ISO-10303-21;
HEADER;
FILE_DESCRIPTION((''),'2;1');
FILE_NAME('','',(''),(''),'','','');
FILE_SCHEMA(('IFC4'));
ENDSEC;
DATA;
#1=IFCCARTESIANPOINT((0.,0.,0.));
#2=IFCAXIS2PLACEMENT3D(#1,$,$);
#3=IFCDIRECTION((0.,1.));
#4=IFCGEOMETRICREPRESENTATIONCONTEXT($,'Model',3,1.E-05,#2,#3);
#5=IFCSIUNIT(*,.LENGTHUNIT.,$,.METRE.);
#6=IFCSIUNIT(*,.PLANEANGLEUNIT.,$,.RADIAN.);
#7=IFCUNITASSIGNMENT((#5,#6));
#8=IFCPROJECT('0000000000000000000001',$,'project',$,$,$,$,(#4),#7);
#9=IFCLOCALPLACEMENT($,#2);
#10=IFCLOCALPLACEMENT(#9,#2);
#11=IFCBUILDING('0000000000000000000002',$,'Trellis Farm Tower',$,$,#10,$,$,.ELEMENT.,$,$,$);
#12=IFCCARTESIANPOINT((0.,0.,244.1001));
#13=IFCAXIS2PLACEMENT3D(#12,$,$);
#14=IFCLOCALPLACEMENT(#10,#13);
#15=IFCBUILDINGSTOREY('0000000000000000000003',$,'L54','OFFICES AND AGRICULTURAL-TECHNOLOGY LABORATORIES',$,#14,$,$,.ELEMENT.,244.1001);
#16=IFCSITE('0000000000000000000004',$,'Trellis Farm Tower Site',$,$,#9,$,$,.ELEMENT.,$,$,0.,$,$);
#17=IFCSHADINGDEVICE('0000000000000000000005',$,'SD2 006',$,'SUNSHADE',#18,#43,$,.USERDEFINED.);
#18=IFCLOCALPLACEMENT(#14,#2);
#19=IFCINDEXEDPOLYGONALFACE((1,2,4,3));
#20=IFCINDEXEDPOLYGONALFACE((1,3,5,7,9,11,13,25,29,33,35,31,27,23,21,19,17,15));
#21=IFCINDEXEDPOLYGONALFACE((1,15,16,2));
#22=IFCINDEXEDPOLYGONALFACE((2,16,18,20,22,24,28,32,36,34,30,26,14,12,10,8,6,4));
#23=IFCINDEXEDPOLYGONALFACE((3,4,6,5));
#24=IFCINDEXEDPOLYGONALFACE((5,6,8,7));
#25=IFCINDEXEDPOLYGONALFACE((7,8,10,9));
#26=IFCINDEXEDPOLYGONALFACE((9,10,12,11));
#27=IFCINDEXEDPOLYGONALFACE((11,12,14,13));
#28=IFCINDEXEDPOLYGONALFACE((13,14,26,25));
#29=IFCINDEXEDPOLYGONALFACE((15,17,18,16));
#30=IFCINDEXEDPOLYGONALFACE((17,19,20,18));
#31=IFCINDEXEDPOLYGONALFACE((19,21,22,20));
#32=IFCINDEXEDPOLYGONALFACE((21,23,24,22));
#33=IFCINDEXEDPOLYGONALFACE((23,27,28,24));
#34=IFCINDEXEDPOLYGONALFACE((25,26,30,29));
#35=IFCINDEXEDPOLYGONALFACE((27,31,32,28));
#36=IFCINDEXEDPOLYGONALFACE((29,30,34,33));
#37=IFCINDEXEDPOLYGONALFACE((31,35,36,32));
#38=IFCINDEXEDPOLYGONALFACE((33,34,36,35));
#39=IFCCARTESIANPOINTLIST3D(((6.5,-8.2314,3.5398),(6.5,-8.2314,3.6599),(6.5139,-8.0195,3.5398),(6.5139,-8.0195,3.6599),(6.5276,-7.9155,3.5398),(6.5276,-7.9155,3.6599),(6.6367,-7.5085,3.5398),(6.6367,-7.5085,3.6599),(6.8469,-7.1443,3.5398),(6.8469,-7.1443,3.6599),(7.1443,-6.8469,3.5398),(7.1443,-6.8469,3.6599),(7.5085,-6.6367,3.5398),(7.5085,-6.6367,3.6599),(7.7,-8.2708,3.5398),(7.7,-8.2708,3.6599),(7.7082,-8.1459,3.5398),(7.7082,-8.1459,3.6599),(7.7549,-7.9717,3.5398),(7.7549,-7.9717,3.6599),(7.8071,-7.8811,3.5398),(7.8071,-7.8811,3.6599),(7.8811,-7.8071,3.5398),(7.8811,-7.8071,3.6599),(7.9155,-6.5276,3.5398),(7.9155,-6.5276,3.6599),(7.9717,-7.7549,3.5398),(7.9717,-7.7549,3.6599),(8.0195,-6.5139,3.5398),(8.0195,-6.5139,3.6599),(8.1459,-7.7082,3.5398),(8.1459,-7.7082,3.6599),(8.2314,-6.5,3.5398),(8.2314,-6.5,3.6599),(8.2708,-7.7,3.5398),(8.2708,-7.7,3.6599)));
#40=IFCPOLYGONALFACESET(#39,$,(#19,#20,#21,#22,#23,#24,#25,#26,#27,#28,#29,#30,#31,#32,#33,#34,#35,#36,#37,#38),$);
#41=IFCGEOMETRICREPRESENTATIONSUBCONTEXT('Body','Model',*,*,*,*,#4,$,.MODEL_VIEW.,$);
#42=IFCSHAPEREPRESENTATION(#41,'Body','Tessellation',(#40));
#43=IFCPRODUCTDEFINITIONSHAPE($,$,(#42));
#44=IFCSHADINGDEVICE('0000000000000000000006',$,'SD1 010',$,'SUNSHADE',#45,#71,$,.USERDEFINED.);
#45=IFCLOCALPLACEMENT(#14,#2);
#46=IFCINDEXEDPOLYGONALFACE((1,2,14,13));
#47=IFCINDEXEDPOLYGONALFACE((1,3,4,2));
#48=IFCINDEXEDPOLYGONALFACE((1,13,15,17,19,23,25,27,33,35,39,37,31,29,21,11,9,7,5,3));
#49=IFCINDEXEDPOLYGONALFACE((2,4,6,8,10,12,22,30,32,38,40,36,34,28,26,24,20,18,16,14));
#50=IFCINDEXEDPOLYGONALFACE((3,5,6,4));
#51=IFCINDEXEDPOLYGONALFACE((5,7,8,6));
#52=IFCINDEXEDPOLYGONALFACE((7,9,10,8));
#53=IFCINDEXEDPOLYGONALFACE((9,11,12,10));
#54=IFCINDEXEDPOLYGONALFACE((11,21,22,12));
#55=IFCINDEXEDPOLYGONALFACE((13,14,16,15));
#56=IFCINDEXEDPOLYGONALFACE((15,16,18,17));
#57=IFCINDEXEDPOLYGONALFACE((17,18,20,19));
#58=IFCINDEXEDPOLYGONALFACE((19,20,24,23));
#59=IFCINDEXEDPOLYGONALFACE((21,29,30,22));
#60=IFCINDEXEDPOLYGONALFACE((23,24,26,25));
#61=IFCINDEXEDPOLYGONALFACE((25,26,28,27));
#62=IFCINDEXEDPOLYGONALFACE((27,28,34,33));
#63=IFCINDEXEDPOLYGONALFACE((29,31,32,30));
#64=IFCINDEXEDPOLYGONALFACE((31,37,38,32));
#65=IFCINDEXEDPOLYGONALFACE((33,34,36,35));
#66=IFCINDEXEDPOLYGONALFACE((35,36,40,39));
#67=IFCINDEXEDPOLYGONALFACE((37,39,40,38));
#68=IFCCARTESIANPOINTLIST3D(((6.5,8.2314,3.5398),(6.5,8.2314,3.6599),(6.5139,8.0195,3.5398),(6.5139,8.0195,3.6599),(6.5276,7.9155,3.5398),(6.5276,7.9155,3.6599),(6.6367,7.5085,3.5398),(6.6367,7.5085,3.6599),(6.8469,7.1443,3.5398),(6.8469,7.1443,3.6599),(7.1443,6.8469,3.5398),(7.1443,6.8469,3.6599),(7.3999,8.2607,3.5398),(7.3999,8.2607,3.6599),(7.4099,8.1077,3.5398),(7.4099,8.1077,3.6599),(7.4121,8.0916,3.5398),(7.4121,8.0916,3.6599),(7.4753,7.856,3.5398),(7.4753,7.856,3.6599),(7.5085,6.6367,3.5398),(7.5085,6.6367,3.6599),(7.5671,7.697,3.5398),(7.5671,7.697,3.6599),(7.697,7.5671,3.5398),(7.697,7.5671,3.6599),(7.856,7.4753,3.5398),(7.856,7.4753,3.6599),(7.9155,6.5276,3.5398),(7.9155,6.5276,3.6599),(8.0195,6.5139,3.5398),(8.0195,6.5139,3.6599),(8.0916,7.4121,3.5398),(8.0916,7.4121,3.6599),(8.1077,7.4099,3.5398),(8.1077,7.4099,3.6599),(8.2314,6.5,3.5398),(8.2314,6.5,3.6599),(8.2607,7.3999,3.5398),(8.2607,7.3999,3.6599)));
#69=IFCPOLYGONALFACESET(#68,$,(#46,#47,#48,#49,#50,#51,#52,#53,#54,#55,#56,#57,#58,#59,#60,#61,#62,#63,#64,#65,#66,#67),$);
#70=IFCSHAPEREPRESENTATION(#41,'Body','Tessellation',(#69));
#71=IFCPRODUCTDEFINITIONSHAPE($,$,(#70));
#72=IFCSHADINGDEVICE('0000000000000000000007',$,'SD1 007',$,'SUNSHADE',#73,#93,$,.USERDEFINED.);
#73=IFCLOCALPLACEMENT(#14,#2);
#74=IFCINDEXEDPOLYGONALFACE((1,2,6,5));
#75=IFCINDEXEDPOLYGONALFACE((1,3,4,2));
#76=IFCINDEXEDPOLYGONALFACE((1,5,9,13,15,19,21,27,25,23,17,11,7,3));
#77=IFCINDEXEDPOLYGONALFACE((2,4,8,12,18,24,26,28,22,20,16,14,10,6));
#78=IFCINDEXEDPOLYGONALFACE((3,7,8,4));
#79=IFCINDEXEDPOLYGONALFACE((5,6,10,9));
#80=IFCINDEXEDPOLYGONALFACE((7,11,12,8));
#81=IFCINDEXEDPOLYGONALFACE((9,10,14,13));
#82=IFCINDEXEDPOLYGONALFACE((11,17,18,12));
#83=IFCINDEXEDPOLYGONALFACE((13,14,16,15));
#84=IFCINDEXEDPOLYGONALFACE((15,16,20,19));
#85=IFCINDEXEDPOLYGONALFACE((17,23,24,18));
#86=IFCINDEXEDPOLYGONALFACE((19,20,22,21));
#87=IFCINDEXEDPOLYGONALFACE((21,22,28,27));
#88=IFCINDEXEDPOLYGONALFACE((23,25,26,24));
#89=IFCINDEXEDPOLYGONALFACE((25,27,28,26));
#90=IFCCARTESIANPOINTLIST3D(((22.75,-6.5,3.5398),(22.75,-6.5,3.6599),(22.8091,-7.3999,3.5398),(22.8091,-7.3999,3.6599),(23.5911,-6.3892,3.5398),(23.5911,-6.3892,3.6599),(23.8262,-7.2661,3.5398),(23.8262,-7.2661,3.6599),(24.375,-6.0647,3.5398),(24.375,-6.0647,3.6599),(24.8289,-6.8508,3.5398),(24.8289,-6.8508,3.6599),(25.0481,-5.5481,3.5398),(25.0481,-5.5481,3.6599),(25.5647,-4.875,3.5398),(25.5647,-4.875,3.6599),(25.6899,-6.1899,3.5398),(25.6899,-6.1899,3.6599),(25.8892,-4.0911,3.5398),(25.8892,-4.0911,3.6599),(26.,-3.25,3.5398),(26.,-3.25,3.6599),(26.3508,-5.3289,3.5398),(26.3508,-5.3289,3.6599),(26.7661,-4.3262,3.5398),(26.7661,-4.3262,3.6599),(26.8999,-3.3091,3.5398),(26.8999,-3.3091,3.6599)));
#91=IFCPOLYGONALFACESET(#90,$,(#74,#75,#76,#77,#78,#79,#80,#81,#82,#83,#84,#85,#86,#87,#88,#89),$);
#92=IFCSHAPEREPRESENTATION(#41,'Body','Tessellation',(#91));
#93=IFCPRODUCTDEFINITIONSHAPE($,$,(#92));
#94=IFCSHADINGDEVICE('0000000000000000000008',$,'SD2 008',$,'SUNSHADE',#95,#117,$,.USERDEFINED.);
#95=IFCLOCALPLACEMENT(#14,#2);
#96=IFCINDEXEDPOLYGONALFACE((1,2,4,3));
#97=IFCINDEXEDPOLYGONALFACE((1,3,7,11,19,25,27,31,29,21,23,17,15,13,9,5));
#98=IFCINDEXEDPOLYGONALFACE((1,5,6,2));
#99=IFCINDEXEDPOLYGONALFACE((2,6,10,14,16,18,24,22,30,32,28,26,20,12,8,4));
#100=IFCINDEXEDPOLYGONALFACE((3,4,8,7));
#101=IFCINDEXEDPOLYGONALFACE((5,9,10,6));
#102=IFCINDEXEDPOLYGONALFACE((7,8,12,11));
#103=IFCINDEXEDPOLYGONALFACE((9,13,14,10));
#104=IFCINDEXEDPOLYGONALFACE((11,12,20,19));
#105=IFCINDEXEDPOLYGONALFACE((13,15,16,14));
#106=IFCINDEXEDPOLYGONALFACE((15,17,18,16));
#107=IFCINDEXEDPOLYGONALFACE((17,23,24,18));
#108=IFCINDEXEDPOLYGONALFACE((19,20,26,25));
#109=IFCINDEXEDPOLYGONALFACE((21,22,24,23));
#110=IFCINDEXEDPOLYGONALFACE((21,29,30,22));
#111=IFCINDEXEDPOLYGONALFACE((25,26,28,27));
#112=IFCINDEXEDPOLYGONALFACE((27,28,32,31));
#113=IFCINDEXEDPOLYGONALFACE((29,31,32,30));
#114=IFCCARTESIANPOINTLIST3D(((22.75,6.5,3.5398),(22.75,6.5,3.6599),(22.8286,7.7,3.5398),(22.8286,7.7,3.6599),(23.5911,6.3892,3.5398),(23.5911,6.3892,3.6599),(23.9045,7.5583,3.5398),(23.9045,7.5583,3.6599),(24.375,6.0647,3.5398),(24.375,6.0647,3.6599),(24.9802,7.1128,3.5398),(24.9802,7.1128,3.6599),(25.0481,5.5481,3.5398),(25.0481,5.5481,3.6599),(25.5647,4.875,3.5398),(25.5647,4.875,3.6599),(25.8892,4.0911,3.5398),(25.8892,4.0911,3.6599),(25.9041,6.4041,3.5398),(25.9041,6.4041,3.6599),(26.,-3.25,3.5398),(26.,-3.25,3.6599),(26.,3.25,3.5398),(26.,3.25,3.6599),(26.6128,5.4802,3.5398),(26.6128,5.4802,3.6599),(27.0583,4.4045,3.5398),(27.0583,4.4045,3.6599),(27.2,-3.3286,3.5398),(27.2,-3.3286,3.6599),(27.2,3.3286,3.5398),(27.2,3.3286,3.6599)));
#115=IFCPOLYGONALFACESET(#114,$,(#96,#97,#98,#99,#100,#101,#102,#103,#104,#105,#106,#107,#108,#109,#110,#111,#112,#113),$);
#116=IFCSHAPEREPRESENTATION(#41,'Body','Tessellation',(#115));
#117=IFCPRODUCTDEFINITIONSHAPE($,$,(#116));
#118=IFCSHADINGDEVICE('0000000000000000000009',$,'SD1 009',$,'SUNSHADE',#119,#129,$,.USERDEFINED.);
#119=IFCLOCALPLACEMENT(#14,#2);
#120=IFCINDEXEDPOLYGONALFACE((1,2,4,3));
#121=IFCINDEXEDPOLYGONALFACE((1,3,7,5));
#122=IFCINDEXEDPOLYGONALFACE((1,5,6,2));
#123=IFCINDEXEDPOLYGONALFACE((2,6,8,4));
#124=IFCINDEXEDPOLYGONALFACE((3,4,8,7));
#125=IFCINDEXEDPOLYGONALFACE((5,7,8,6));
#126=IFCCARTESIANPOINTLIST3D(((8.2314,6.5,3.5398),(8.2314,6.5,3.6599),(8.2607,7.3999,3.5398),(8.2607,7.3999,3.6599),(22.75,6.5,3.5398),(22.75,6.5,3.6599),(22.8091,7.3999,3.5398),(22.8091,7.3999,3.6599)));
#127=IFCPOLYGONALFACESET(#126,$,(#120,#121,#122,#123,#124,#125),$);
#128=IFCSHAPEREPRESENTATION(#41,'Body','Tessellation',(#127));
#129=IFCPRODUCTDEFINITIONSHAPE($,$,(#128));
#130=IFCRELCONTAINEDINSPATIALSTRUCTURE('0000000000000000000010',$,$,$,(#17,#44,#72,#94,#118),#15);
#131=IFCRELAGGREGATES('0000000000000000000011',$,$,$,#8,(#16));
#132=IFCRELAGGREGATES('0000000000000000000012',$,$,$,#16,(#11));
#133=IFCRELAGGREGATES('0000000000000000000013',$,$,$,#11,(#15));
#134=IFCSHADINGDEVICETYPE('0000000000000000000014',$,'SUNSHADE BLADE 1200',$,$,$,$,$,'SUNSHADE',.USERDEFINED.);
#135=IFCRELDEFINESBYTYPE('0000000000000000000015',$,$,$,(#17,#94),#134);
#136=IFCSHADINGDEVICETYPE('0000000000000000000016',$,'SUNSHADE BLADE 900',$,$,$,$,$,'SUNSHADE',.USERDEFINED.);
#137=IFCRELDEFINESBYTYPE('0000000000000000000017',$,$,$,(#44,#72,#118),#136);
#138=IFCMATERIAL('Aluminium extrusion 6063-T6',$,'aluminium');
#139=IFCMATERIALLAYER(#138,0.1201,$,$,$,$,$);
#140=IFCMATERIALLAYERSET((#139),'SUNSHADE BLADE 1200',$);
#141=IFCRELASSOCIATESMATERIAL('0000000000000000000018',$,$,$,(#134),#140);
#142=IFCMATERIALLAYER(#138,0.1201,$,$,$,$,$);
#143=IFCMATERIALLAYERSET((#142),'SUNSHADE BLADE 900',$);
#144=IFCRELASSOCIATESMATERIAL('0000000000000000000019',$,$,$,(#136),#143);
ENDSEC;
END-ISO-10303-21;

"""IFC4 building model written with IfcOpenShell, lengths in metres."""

from ifc_helpers import new_model, si_unit, direction, frame, origin, place, context, subcontext, project, spatial, polyline, outline, extrude, source, transform, mapped, material, layer, layer_set, type_object, element, save


model = new_model("IFC4")

# Units and contexts
model_context = context("Model", 3, precision=1e-05, world=origin(), true_north=direction((0.0, 1.0)))
body_context = subcontext(model_context, "Body", "Model", "MODEL_VIEW")
ifc_project = project(units=[si_unit("LENGTHUNIT", "METRE"), si_unit("PLANEANGLEUNIT", "RADIAN")], contexts=[model_context])

# Site, building, storey
site_placement = place(None, origin())
site = spatial("IfcSite", under=ifc_project, at=site_placement, Name="Trellis Farm Tower Site", CompositionType="ELEMENT", RefElevation=0.0)
building_placement = place(site_placement, origin())
building = spatial("IfcBuilding", under=site, at=building_placement, Name="Trellis Farm Tower", CompositionType="ELEMENT")
storey_placement = place(building_placement, frame((0.0, 0.0, 244.1001)))
storey = spatial("IfcBuildingStorey", under=building, at=storey_placement, Name="L54", Description="OFFICES AND AGRICULTURAL-TECHNOLOGY LABORATORIES", CompositionType="ELEMENT", Elevation=244.1001)

# Shared definitions
ifc_material_1 = material(Name="Aluminium extrusion 6063-T6", Category="aluminium")

# Shading devices
ifc_layer_1 = layer(ifc_material_1, 0.1201)
ifc_layer_set_1 = layer_set([ifc_layer_1], Name="SUNSHADE BLADE 1200")
shading_device_type_1 = type_object("IfcShadingDeviceType", Name="SUNSHADE BLADE 1200", ElementType="SUNSHADE", PredefinedType="USERDEFINED", material=ifc_layer_set_1)
shared_shape_1 = source(origin(), body_context, "Body", "SweptSolid", [
    extrude(outline(polyline([(7.7, -8.2708), (7.7087, -8.1372), (7.707, -8.1501), (7.7549, -7.9717), (7.8071, -7.8811), (7.8811, -7.8071), (7.9717, -7.7549), (8.1501, -7.707), (8.1372, -7.7087), (8.2708, -7.7), (8.2314, -6.5), (8.0195, -6.5139), (7.9155, -6.5276), (7.5085, -6.6367), (7.1443, -6.8469), (6.8469, -7.1443), (6.6367, -7.5085), (6.5276, -7.9155), (6.5139, -8.0195), (6.5, -8.2314), (7.7, -8.2708)])), origin(), (0.0, 0.0, 1.0), 0.1201),
])
placement_1 = place(storey_placement, frame((0.0, 0.0, 3.5398)))
element("IfcShadingDevice", 1, at=placement_1, inside=storey, type_object=shading_device_type_1, Name="SD2 006", ObjectType="SUNSHADE", PredefinedType="USERDEFINED", context=body_context, shape_type="MappedRepresentation", body=[
    mapped(shared_shape_1, transform((0.0, 0.0, 0.0))),
])
ifc_layer_2 = layer(ifc_material_1, 0.1201)
ifc_layer_set_2 = layer_set([ifc_layer_2], Name="SUNSHADE BLADE 900")
shading_device_type_2 = type_object("IfcShadingDeviceType", Name="SUNSHADE BLADE 900", ElementType="SUNSHADE", PredefinedType="USERDEFINED", material=ifc_layer_set_2)
shared_shape_2 = source(origin(), body_context, "Body", "SweptSolid", [
    extrude(outline(polyline([(8.2607, 7.3999), (8.1077, 7.4099), (8.0916, 7.4121), (7.856, 7.4753), (7.697, 7.5671), (7.5671, 7.697), (7.4753, 7.856), (7.4121, 8.0916), (7.4099, 8.1077), (7.3999, 8.2607), (6.5, 8.2314), (6.5139, 8.0195), (6.5276, 7.9155), (6.6367, 7.5085), (6.8469, 7.1443), (7.1443, 6.8469), (7.5085, 6.6367), (7.9155, 6.5276), (8.0195, 6.5139), (8.2314, 6.5), (8.2607, 7.3999)])), origin(), (0.0, 0.0, 1.0), 0.1201),
])
element("IfcShadingDevice", 2, at=placement_1, inside=storey, type_object=shading_device_type_2, Name="SD1 010", ObjectType="SUNSHADE", PredefinedType="USERDEFINED", context=body_context, shape_type="MappedRepresentation", body=[
    mapped(shared_shape_2, transform((0.0, 0.0, 0.0))),
])
shared_shape_3 = source(origin(), body_context, "Body", "SweptSolid", [
    extrude(outline(polyline([(22.8091, -7.3999), (23.8262, -7.2661), (24.8289, -6.8508), (25.6899, -6.1899), (26.3508, -5.3289), (26.7661, -4.3262), (26.8999, -3.3091), (26.0, -3.25), (25.8892, -4.0911), (25.5647, -4.875), (25.0481, -5.5481), (24.375, -6.0647), (23.5911, -6.3892), (22.75, -6.5), (22.8091, -7.3999)])), origin(), (0.0, 0.0, 1.0), 0.1201),
])
element("IfcShadingDevice", 3, at=placement_1, inside=storey, type_object=shading_device_type_2, Name="SD1 007", ObjectType="SUNSHADE", PredefinedType="USERDEFINED", context=body_context, shape_type="MappedRepresentation", body=[
    mapped(shared_shape_3, transform((0.0, 0.0, 0.0))),
])
shared_shape_4 = source(origin(), body_context, "Body", "SweptSolid", [
    extrude(outline(polyline([(27.2, -3.3286), (27.2, 3.3286), (27.0583, 4.4045), (26.6128, 5.4802), (25.9041, 6.4041), (24.9802, 7.1128), (23.9045, 7.5583), (22.8286, 7.7), (22.75, 6.5), (23.5911, 6.3892), (24.375, 6.0647), (25.0481, 5.5481), (25.5647, 4.875), (25.8892, 4.0911), (26.0, 3.25), (26.0, -3.25), (27.2, -3.3286)])), origin(), (0.0, 0.0, 1.0), 0.1201),
])
element("IfcShadingDevice", 4, at=placement_1, inside=storey, type_object=shading_device_type_1, Name="SD2 008", ObjectType="SUNSHADE", PredefinedType="USERDEFINED", context=body_context, shape_type="MappedRepresentation", body=[
    mapped(shared_shape_4, transform((0.0, 0.0, 0.0))),
])
shared_shape_5 = source(origin(), body_context, "Body", "SweptSolid", [
    extrude(outline(polyline([(22.8091, 7.3999), (8.2607, 7.3999), (8.2314, 6.5), (22.75, 6.5), (22.8091, 7.3999)])), origin(), (0.0, 0.0, 1.0), 0.1201),
])
element("IfcShadingDevice", 5, at=placement_1, inside=storey, type_object=shading_device_type_2, Name="SD1 009", ObjectType="SUNSHADE", PredefinedType="USERDEFINED", context=body_context, shape_type="MappedRepresentation", body=[
    mapped(shared_shape_5, transform((0.0, 0.0, 0.0))),
])

save(model, "model.ifc")
